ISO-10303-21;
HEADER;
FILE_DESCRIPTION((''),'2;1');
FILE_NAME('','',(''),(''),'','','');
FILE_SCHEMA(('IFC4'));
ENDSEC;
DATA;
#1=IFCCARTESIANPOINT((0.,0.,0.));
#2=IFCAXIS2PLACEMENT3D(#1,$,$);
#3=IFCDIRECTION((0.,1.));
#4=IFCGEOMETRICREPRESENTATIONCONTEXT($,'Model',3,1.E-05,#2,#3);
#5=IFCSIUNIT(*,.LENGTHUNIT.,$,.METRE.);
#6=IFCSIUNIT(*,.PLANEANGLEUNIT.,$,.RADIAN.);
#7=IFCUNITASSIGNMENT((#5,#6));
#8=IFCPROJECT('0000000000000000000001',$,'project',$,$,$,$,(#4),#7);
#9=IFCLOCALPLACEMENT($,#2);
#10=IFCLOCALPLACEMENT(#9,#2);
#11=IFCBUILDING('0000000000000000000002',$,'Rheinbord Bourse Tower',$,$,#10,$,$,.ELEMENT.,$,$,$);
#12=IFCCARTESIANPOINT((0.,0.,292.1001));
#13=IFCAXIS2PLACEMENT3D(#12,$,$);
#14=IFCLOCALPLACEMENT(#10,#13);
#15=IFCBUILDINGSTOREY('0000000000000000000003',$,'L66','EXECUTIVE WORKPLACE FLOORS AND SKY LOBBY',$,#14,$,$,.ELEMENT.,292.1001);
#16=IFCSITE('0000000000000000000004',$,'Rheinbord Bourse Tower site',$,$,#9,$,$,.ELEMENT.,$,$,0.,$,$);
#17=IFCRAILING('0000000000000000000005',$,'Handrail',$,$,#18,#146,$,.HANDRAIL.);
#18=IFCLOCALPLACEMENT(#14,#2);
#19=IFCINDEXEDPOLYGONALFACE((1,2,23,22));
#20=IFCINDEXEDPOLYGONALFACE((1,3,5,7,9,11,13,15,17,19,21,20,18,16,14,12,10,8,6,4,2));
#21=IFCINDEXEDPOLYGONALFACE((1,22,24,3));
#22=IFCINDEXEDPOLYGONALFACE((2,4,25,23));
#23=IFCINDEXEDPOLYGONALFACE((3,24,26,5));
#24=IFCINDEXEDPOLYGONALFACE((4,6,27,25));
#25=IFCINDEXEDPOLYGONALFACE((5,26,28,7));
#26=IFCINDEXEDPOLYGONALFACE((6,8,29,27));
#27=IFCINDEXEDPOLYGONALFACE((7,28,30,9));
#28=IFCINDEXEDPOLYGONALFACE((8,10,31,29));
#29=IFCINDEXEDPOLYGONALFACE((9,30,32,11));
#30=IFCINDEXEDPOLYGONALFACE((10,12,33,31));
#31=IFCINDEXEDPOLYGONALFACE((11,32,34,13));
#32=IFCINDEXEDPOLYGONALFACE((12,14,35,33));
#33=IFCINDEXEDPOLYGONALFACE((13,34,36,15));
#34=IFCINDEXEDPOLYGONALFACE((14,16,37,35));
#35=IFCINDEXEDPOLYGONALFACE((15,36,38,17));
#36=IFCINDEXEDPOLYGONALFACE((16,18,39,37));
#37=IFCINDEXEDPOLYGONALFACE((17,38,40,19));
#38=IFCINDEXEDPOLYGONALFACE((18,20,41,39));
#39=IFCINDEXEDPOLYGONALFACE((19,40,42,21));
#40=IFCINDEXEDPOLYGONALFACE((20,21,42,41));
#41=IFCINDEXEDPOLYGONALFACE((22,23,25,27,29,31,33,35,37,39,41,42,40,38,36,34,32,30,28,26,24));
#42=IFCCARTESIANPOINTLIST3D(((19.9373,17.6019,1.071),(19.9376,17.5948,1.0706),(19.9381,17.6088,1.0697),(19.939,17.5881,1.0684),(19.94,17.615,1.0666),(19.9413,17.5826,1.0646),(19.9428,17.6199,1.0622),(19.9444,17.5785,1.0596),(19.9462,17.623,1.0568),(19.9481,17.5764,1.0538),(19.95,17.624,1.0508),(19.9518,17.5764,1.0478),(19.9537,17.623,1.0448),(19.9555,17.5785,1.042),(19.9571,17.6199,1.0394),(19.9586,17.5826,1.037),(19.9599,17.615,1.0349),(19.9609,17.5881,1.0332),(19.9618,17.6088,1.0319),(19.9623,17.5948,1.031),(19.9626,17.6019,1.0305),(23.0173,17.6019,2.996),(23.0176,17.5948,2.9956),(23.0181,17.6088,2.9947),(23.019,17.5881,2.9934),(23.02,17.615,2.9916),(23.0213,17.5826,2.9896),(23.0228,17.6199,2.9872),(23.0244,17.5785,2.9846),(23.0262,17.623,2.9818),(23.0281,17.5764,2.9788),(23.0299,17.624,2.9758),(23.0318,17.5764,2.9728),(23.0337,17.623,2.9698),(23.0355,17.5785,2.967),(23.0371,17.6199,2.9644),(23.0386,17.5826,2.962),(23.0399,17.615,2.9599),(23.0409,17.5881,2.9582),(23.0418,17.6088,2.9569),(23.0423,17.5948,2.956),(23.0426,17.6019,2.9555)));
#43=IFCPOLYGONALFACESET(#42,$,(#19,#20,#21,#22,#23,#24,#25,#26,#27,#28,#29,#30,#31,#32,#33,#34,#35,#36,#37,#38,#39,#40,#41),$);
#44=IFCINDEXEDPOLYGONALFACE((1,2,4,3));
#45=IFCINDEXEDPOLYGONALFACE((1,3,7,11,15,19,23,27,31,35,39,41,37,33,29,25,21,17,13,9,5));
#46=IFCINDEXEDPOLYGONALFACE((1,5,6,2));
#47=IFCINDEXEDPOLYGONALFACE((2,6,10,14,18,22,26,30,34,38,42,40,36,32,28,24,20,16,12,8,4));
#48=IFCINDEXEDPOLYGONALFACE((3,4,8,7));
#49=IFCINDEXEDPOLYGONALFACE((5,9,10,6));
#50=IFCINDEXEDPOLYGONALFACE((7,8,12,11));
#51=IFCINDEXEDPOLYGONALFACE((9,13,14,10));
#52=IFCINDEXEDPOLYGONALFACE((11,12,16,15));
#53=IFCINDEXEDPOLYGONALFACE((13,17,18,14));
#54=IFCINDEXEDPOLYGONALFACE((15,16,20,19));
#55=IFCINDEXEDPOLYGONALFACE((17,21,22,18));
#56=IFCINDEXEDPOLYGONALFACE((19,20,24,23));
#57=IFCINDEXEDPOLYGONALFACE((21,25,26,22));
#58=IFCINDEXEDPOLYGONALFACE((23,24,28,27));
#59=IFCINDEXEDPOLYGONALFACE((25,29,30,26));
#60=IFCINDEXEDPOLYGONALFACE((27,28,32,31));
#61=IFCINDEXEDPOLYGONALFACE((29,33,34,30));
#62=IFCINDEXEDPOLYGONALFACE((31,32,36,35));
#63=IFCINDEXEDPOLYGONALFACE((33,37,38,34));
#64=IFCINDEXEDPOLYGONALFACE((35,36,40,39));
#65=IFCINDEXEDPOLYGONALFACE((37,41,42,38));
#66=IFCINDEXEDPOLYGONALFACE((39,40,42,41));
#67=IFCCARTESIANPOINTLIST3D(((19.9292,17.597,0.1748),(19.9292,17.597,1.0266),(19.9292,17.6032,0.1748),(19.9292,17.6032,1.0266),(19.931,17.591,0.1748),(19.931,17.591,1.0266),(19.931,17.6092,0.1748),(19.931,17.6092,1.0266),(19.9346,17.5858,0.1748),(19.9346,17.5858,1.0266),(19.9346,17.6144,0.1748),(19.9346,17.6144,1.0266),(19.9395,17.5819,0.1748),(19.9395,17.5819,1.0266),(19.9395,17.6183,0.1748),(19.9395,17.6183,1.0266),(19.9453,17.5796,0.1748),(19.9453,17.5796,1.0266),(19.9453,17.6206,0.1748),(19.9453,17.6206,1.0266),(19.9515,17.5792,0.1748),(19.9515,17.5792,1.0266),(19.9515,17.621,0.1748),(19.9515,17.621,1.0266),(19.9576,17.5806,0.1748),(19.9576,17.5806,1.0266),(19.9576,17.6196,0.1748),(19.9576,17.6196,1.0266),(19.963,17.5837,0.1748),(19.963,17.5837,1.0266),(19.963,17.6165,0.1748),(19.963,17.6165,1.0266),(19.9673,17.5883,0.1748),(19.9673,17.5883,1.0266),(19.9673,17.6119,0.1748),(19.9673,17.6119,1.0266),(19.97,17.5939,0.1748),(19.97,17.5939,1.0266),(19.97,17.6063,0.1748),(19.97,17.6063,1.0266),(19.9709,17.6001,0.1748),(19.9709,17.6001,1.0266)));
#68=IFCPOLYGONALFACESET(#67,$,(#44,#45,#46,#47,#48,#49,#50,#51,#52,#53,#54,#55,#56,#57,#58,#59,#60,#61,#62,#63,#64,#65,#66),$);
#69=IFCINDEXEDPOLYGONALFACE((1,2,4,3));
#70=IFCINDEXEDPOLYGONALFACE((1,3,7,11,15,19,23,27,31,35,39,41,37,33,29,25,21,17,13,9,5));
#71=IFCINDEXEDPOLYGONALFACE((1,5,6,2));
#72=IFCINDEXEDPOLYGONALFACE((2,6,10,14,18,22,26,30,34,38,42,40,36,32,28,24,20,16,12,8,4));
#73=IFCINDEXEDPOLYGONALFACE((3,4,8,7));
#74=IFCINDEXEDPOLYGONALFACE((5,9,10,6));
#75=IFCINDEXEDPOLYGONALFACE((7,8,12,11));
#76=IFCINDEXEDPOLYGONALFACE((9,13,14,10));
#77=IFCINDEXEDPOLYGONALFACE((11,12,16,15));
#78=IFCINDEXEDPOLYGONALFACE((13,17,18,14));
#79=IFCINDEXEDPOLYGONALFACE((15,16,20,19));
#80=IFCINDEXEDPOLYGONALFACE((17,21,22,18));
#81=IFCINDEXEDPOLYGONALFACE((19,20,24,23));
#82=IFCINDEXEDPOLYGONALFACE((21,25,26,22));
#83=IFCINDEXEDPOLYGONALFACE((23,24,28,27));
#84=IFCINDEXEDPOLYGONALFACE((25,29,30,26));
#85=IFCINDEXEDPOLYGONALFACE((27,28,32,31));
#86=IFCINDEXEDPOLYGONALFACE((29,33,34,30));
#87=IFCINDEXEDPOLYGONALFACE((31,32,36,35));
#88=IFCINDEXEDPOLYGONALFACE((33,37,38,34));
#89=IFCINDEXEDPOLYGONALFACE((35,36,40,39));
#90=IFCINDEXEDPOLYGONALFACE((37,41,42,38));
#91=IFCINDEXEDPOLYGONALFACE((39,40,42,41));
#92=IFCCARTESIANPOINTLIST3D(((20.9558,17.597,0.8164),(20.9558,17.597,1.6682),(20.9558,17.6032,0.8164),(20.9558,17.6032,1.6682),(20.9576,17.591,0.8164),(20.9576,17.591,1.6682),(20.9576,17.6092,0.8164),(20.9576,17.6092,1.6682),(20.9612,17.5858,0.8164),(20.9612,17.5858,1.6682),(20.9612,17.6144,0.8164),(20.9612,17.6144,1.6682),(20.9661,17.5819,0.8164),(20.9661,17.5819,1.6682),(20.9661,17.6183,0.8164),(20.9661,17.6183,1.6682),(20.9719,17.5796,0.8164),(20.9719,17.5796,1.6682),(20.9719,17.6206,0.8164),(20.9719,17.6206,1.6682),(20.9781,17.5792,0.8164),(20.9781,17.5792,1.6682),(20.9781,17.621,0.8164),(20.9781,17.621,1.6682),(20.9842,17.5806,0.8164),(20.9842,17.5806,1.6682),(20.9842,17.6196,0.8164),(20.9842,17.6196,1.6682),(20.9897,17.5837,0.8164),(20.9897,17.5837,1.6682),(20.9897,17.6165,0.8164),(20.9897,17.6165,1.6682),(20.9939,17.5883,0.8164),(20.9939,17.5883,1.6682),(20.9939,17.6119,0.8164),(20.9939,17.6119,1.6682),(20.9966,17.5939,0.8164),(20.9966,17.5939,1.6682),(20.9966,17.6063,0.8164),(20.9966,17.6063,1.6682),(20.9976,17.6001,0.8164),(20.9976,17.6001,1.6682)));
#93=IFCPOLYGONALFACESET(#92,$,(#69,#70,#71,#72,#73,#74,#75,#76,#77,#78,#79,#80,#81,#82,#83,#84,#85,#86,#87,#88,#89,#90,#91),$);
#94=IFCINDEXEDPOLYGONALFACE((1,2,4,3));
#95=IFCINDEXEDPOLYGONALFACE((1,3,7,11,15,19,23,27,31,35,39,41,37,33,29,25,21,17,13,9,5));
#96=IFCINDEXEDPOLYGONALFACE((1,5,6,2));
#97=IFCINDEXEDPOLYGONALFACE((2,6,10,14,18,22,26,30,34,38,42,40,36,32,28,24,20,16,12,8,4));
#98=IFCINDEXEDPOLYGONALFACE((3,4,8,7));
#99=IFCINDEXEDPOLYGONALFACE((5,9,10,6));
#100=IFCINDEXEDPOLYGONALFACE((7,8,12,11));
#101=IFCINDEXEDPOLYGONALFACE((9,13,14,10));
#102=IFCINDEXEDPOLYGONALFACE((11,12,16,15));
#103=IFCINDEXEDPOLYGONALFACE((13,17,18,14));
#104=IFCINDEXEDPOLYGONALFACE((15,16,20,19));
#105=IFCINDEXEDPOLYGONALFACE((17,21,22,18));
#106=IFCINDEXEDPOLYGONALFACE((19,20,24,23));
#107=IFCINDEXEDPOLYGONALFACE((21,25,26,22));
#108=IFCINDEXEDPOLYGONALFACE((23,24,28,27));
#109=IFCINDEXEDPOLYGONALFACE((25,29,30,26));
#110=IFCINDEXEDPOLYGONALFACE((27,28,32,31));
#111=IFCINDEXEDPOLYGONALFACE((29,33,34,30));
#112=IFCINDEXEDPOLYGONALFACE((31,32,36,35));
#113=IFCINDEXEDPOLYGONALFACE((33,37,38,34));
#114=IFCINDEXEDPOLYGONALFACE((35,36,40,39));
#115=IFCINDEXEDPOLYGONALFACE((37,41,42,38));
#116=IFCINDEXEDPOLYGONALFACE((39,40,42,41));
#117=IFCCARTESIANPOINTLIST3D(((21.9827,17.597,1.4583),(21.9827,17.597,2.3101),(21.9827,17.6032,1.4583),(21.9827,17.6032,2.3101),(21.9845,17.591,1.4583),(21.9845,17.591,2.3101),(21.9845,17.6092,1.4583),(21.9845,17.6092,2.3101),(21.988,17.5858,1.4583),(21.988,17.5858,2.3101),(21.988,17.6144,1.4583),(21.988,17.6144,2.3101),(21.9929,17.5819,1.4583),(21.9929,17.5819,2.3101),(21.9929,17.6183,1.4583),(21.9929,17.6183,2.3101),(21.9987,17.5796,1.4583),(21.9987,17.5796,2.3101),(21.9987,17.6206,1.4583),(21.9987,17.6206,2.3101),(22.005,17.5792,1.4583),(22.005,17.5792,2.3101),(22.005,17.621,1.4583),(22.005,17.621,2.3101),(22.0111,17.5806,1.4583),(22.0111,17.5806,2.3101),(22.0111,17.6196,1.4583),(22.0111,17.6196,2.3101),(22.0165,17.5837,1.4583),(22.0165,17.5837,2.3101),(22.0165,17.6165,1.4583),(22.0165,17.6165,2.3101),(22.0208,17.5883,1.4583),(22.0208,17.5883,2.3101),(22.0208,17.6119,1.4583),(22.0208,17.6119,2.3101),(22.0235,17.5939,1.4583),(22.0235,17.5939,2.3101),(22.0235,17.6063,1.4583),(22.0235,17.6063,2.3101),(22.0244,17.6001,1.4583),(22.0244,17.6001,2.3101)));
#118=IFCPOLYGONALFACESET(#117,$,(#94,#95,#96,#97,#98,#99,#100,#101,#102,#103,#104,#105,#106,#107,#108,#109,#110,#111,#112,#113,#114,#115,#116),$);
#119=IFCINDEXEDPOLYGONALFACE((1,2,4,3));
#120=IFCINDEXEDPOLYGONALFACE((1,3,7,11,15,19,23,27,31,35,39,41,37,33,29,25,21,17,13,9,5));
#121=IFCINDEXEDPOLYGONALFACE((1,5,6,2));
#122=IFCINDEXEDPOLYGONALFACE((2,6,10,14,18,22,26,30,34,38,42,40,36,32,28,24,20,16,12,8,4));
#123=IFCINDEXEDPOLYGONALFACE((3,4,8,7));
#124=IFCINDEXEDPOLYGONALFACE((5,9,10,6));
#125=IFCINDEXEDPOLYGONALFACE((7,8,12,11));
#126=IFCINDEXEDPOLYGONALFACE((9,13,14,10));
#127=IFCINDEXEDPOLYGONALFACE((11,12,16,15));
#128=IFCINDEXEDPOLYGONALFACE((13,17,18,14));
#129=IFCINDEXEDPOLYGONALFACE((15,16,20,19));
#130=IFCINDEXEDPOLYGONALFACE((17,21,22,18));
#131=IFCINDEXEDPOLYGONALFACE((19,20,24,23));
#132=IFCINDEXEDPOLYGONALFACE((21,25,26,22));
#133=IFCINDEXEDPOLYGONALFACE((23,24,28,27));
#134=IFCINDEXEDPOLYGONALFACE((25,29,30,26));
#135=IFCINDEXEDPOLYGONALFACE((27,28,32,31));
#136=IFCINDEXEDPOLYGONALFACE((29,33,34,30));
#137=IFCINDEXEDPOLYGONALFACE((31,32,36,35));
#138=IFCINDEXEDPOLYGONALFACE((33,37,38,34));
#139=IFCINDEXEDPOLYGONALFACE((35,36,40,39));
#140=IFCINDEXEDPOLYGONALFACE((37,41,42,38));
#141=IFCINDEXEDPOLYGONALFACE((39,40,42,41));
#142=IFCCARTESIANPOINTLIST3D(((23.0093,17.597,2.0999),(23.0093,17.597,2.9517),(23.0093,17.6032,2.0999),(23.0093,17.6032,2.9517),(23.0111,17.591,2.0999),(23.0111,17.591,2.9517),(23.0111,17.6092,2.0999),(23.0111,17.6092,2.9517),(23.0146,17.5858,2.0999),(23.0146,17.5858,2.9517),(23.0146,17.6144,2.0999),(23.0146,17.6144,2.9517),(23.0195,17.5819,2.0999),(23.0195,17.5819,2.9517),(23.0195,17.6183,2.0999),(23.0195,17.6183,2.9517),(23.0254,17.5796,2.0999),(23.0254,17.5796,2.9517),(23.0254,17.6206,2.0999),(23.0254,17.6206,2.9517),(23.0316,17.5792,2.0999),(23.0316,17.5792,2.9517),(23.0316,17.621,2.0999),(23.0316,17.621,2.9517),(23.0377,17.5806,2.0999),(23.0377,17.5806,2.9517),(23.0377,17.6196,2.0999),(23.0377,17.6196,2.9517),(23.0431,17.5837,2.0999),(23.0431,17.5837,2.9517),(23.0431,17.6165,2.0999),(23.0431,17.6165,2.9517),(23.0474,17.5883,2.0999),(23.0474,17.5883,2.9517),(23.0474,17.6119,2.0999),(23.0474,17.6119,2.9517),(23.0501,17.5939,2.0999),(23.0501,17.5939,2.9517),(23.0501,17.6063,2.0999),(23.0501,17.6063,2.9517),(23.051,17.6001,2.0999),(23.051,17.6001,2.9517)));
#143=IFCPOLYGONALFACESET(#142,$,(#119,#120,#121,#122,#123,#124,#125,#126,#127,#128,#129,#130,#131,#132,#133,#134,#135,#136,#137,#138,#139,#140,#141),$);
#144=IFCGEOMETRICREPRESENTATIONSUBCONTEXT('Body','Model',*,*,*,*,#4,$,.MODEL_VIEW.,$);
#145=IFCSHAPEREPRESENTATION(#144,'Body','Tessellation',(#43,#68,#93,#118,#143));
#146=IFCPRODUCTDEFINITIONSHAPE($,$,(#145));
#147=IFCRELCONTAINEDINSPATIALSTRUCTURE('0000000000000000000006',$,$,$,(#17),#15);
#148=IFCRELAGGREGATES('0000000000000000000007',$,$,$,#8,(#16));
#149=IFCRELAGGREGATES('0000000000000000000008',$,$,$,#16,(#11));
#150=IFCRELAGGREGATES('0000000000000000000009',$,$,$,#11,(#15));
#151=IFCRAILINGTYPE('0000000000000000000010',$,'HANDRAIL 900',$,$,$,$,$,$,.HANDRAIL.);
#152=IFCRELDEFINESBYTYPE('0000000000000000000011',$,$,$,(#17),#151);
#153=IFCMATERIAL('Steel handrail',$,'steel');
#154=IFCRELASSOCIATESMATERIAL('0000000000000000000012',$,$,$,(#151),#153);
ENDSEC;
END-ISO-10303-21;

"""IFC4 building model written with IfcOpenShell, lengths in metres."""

from ifc_helpers import new_model, si_unit, direction, frame, origin, origin_2d, place, context, subcontext, project, spatial, circle, extrude, material, type_object, element, save


model = new_model("IFC4")

# Units and contexts
model_context = context("Model", 3, precision=1e-05, world=origin(), true_north=direction((0.0, 1.0)))
body_context = subcontext(model_context, "Body", "Model", "MODEL_VIEW")
ifc_project = project(units=[si_unit("LENGTHUNIT", "METRE"), si_unit("PLANEANGLEUNIT", "RADIAN")], contexts=[model_context])

# Site, building, storey
site_placement = place(None, origin())
site = spatial("IfcSite", under=ifc_project, at=site_placement, Name="Rheinbord Bourse Tower site", CompositionType="ELEMENT", RefElevation=0.0)
building_placement = place(site_placement, origin())
building = spatial("IfcBuilding", under=site, at=building_placement, Name="Rheinbord Bourse Tower", CompositionType="ELEMENT")
storey_placement = place(building_placement, frame((0.0, 0.0, 292.1001)))
storey = spatial("IfcBuildingStorey", under=building, at=storey_placement, Name="L66", Description="EXECUTIVE WORKPLACE FLOORS AND SKY LOBBY", CompositionType="ELEMENT", Elevation=292.1001)

# Railing
ifc_material_1 = material(Name="Steel handrail", Category="steel")
railing_type = type_object("IfcRailingType", Name="HANDRAIL 900", PredefinedType="HANDRAIL", material=ifc_material_1)
railing_1_placement = place(storey_placement, frame((19.95, 17.6001, 0.1748)))
element("IfcRailing", 1, at=railing_1_placement, inside=storey, type_object=railing_type, Name="Handrail", PredefinedType="HANDRAIL", context=body_context, shape_type="SweptSolid", body=[
    extrude(circle(Radius=0.0239, at=origin_2d()), frame((0.0, 0.0, 0.876), z_axis=(0.847998, 0.0, 0.529999), x_axis=(0.0, 1.0, 0.0)), (0.0, 0.0, 1.0), 3.6321),
    extrude(circle(Radius=0.021, at=origin_2d()), origin(), (0.0, 0.0, 1.0), 0.8518),
    extrude(circle(Radius=0.021, at=origin_2d()), frame((1.0266, 0.0, 0.6416)), (0.0, 0.0, 1.0), 0.8518),
    extrude(circle(Radius=0.021, at=origin_2d()), frame((2.0535, 0.0, 1.2834)), (0.0, 0.0, 1.0), 0.8518),
    extrude(circle(Radius=0.021, at=origin_2d()), frame((3.0801, 0.0, 1.925)), (0.0, 0.0, 1.0), 0.8518),
])

save(model, "model.ifc")
